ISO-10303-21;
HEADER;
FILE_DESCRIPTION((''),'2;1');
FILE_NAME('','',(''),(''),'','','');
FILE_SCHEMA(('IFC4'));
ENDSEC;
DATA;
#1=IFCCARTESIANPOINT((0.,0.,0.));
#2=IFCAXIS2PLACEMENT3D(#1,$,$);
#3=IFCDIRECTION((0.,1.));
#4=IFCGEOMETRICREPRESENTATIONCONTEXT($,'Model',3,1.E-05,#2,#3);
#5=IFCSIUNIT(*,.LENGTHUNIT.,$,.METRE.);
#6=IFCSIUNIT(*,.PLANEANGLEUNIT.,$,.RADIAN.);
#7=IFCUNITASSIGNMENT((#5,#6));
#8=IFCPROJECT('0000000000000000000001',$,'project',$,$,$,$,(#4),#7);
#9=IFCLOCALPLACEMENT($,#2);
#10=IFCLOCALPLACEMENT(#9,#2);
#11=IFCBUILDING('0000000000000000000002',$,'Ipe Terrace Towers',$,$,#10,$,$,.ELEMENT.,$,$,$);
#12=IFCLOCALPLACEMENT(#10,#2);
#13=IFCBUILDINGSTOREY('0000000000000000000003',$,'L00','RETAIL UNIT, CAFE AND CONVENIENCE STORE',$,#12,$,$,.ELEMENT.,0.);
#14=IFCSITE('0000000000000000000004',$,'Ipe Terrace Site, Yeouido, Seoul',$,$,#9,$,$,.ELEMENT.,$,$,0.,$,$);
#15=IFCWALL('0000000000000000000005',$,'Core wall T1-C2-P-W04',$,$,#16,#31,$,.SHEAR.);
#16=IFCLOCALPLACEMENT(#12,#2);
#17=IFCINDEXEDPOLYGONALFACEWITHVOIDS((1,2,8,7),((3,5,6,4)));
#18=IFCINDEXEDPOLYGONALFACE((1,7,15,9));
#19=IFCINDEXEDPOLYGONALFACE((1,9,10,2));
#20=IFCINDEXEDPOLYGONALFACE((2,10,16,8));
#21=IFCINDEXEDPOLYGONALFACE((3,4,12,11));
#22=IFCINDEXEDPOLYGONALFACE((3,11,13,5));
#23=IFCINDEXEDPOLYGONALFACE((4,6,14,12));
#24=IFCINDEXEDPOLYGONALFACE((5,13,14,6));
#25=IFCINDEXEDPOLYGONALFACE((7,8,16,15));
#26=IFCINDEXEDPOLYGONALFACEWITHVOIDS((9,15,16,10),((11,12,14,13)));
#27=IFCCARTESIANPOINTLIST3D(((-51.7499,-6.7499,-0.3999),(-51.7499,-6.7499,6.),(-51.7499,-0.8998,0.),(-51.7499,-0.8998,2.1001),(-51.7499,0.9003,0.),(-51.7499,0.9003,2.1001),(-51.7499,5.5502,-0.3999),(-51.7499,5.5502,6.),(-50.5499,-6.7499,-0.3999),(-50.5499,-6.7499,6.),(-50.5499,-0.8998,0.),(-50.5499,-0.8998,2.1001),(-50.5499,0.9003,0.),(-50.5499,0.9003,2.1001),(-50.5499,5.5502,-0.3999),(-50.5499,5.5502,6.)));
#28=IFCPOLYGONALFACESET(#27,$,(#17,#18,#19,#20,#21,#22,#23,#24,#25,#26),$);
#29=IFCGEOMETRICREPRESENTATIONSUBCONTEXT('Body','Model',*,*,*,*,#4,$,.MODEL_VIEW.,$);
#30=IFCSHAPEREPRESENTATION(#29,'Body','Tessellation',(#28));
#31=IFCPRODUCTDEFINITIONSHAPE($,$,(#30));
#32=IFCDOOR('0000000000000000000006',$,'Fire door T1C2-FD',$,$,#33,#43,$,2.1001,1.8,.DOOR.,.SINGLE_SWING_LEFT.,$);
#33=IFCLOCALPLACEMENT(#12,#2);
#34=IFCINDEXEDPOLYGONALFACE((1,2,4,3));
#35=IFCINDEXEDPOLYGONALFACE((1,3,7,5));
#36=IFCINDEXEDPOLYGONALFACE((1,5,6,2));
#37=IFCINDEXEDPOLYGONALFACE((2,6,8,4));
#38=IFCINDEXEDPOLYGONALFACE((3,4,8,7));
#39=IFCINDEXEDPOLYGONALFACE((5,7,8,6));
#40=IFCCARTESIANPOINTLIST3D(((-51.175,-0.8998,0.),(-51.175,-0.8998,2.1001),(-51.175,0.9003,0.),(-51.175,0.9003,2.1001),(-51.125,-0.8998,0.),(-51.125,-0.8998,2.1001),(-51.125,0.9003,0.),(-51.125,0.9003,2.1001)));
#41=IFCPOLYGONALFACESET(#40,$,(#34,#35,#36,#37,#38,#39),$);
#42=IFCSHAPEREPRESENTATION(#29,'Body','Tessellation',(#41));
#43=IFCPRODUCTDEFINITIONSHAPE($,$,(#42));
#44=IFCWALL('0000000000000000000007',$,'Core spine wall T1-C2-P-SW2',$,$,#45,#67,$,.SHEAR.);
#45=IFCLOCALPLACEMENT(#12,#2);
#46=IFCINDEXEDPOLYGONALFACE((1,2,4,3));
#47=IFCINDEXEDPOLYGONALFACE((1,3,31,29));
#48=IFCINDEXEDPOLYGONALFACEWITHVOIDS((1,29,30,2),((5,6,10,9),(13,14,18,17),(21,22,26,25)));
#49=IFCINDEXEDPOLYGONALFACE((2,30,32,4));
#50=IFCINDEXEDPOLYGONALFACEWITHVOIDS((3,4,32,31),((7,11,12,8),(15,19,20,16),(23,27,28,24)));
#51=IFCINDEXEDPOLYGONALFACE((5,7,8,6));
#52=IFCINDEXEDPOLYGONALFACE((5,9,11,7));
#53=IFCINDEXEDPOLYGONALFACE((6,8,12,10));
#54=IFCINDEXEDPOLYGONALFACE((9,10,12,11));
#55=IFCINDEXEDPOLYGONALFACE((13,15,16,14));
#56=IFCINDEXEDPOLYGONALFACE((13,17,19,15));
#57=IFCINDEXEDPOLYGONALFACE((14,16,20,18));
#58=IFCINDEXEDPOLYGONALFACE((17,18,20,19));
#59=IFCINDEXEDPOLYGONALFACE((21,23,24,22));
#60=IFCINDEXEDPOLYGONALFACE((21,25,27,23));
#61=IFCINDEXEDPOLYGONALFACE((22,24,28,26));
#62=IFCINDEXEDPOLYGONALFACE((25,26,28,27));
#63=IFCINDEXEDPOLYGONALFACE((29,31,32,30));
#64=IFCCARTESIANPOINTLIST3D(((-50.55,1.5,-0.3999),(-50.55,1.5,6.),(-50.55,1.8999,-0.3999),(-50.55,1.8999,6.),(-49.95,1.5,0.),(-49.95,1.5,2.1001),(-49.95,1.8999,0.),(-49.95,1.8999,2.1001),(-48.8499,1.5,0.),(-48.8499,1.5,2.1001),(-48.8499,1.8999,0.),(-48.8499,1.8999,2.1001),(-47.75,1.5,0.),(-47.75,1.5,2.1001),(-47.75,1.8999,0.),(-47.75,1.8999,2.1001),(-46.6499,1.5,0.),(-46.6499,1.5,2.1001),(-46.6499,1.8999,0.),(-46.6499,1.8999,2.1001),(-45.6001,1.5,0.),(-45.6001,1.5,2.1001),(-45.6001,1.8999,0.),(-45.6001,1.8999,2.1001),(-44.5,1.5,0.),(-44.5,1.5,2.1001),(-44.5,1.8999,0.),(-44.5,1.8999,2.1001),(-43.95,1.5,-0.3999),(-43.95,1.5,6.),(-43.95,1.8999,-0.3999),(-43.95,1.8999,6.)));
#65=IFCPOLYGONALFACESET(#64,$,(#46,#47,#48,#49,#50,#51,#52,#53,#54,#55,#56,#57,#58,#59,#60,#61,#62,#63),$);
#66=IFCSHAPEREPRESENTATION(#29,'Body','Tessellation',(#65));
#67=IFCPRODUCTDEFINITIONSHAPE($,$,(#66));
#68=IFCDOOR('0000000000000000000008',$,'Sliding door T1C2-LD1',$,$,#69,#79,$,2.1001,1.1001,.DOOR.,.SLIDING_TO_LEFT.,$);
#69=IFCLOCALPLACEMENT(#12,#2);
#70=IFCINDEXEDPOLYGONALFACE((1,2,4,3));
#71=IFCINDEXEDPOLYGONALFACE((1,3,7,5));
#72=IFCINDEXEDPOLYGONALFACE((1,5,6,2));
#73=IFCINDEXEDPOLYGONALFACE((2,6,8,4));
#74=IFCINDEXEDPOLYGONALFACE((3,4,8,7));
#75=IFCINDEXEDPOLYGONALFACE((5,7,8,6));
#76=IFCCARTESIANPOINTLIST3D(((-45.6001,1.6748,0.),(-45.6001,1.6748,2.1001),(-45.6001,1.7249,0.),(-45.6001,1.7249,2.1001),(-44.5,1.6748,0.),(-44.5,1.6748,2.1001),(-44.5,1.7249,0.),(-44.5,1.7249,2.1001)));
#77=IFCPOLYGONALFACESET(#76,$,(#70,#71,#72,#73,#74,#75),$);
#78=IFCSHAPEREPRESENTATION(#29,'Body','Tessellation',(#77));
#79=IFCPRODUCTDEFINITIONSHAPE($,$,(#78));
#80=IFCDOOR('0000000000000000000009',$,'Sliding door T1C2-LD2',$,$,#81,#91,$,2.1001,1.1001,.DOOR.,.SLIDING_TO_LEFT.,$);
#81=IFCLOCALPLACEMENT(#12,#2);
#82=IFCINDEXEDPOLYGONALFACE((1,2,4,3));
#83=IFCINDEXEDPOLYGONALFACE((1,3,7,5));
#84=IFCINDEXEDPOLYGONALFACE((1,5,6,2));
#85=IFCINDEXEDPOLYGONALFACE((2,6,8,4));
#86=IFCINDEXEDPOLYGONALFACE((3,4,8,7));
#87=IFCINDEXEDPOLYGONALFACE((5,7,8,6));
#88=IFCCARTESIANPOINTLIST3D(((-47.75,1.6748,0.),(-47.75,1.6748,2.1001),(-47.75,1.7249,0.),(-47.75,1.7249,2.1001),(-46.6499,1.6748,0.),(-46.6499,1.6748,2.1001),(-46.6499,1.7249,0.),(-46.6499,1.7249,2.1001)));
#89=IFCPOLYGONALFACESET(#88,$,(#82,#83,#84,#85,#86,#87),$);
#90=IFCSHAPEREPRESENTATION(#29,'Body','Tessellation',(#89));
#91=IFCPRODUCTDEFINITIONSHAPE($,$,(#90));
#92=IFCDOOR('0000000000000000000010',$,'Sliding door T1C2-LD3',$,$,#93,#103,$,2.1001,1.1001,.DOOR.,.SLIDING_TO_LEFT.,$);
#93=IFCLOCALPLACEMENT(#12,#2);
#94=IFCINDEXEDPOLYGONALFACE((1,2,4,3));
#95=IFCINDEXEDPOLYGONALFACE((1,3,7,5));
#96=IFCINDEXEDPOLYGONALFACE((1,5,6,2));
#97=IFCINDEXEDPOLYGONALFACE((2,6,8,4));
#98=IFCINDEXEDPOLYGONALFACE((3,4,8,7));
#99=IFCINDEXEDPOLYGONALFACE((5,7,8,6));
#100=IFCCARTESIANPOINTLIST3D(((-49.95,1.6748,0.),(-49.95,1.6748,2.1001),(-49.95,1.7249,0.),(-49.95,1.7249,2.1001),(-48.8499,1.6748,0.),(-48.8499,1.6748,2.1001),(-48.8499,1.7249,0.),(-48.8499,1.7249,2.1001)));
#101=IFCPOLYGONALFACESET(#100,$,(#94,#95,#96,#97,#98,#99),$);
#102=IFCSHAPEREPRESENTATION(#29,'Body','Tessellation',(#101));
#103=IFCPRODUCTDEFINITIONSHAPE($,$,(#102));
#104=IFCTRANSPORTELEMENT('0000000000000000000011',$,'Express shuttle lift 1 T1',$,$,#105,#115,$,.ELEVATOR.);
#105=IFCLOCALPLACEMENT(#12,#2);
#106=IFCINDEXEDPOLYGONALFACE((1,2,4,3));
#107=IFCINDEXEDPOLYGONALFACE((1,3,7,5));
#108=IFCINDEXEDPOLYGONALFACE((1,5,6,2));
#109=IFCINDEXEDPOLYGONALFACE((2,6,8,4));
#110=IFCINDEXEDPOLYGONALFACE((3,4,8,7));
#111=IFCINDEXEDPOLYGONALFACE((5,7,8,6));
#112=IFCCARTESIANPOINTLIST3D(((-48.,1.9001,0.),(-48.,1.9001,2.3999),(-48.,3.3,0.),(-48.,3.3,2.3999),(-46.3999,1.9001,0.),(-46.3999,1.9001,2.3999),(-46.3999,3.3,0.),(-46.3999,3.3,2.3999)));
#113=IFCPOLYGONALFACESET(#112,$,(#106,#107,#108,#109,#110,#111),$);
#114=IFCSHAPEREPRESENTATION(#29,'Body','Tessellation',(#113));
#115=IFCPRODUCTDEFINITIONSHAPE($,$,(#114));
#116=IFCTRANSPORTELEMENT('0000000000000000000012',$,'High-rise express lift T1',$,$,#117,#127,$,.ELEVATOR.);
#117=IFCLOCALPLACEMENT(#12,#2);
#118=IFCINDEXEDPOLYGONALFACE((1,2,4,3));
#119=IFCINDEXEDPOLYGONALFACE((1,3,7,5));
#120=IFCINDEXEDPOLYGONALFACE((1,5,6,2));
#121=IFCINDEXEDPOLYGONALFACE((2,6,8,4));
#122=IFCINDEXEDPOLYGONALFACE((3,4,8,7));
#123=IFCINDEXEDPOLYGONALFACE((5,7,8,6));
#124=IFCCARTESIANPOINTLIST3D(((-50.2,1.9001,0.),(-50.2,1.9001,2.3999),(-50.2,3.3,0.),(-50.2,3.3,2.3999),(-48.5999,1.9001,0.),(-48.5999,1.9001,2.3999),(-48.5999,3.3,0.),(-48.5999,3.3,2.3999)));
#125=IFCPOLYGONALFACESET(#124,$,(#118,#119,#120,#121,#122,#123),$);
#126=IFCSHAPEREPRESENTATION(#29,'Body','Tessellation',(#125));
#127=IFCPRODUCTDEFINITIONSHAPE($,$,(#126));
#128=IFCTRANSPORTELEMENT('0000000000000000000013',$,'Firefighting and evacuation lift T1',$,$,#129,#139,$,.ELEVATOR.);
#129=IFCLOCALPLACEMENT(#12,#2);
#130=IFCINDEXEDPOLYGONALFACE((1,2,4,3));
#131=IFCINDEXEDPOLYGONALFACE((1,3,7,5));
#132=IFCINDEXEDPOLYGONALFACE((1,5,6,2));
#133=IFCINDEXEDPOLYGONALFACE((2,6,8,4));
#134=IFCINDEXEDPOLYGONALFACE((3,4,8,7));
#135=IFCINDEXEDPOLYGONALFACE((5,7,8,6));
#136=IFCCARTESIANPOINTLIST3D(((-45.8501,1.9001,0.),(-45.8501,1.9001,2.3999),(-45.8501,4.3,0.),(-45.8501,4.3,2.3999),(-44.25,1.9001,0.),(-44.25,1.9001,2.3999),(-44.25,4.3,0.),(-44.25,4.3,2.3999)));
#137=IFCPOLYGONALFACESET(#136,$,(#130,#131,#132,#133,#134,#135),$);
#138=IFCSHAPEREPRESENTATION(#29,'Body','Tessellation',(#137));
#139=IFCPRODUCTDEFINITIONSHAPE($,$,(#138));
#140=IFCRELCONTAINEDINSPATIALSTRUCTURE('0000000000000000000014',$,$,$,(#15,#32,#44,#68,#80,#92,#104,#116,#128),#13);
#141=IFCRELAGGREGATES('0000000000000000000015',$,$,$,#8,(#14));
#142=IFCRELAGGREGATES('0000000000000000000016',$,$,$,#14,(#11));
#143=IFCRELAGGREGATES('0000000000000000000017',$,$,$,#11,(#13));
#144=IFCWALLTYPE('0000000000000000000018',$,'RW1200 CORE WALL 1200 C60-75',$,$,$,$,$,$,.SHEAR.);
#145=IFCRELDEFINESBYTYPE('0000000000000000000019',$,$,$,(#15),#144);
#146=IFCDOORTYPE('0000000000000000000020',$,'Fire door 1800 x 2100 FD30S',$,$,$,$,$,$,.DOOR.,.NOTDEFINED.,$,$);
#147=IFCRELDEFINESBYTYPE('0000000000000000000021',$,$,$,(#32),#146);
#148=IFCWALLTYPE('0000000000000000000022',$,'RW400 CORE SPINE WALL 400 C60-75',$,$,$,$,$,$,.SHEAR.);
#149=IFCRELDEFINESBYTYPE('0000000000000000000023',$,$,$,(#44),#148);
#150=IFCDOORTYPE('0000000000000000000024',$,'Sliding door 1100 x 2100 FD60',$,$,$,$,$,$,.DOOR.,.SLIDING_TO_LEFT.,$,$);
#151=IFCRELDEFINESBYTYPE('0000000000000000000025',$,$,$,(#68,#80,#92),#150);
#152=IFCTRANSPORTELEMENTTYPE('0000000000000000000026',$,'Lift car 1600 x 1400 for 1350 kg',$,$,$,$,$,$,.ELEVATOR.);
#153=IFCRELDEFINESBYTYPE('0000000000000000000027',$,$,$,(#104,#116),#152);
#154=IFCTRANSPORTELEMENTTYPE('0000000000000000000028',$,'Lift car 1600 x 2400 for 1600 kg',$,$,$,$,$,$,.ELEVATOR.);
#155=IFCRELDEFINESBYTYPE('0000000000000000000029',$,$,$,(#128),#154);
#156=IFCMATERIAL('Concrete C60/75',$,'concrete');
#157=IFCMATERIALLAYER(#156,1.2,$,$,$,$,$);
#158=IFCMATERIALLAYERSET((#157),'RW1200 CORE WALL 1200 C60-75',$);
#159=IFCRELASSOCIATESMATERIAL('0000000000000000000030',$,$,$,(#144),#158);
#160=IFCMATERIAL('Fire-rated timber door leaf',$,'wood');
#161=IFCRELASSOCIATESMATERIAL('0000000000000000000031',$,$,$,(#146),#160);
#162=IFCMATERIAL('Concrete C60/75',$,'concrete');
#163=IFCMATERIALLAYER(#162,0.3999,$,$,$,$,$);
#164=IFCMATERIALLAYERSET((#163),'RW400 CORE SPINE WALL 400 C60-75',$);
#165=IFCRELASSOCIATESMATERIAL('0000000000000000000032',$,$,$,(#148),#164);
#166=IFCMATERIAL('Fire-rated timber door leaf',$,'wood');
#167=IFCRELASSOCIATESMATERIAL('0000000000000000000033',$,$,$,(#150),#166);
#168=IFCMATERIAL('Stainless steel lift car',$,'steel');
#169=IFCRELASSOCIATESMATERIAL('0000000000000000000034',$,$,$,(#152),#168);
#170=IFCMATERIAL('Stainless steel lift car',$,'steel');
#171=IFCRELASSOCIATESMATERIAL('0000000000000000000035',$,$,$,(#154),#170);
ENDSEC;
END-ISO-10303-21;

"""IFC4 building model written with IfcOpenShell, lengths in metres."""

from ifc_helpers import new_model, si_unit, direction, frame, frame_2d, origin, origin_2d, place, context, subcontext, project, spatial, rectangle, extrude, material, layer, layer_set, type_object, element, fill, save


model = new_model("IFC4")

# Units and contexts
model_context = context("Model", 3, precision=1e-05, world=origin(), true_north=direction((0.0, 1.0)))
body_context = subcontext(model_context, "Body", "Model", "MODEL_VIEW")
ifc_project = project(units=[si_unit("LENGTHUNIT", "METRE"), si_unit("PLANEANGLEUNIT", "RADIAN")], contexts=[model_context])

# Site, building, storey
site_placement = place(None, origin())
site = spatial("IfcSite", under=ifc_project, at=site_placement, Name="Ipe Terrace Site, Yeouido, Seoul", CompositionType="ELEMENT", RefElevation=0.0)
building_placement = place(site_placement, origin())
building = spatial("IfcBuilding", under=site, at=building_placement, Name="Ipe Terrace Towers", CompositionType="ELEMENT")
storey_placement = place(building_placement, origin())
storey = spatial("IfcBuildingStorey", under=building, at=storey_placement, Name="L00", Description="RETAIL UNIT, CAFE AND CONVENIENCE STORE", CompositionType="ELEMENT", Elevation=0.0)

# Wall, opening, door
ifc_material_1 = material(Name="Concrete C60/75", Category="concrete")
ifc_layer_1 = layer(ifc_material_1, 1.2)
ifc_layer_set_1 = layer_set([ifc_layer_1], Name="RW1200 CORE WALL 1200 C60-75")
wall_type_1 = type_object("IfcWallType", Name="RW1200 CORE WALL 1200 C60-75", PredefinedType="SHEAR", material=ifc_layer_set_1)
wall_1_placement = place(storey_placement, frame((-51.1499, 5.55, -0.3999), z_axis=(0.0, 0.0, 1.0), x_axis=(0.0, -1.0, 0.0)))
wall_1 = element("IfcWall", 1, at=wall_1_placement, inside=storey, type_object=wall_type_1, Name="Core wall T1-C2-P-W04", PredefinedType="SHEAR", context=body_context, shape_type="SweptSolid", body=[
    extrude(rectangle(XDim=12.3, YDim=1.2, at=frame_2d((6.1499, 0.0))), origin(), (0.0, 0.0, 1.0), 6.3999),
])
opening_1_placement = place(wall_1_placement, frame((4.6499, 0.0, 0.3999)))
opening_1 = element("IfcOpeningElement", 2, at=opening_1_placement, cuts=wall_1, PredefinedType="OPENING", context=body_context, shape_type="SweptSolid", body=[
    extrude(rectangle(XDim=1.8, YDim=2.1001, at=frame_2d((0.8999, 1.05))), frame((0.0, 0.6099, 0.0), z_axis=(0.0, -1.0, 0.0), x_axis=(1.0, 0.0, 0.0)), (0.0, 0.0, 1.0), 1.22),
])
ifc_material_2 = material(Name="Fire-rated timber door leaf", Category="wood")
door_type_1 = type_object("IfcDoorType", Name="Fire door 1800 x 2100 FD30S", OperationType="NOTDEFINED", PredefinedType="DOOR", material=ifc_material_2)
door_1_placement = place(opening_1_placement, origin())
door_1 = element("IfcDoor", 3, at=door_1_placement, inside=storey, type_object=door_type_1, Name="Fire door T1C2-FD", OperationType="SINGLE_SWING_LEFT", OverallHeight=2.1001, OverallWidth=1.8, PredefinedType="DOOR", context=body_context, shape_type="SweptSolid", body=[
    extrude(rectangle(XDim=1.8, YDim=2.1001, at=frame_2d((0.8999, 1.05))), frame((0.0, 0.0249, 0.0), z_axis=(0.0, -1.0, 0.0), x_axis=(1.0, 0.0, 0.0)), (0.0, 0.0, 1.0), 0.05),
])
fill(opening_1, door_1)

# Wall, openings, doors
ifc_material_3 = material(Name="Concrete C60/75", Category="concrete")
ifc_layer_2 = layer(ifc_material_3, 0.3999)
ifc_layer_set_2 = layer_set([ifc_layer_2], Name="RW400 CORE SPINE WALL 400 C60-75")
wall_type_2 = type_object("IfcWallType", Name="RW400 CORE SPINE WALL 400 C60-75", PredefinedType="SHEAR", material=ifc_layer_set_2)
wall_2_placement = place(storey_placement, frame((-50.55, 1.7, -0.3999), z_axis=(0.0, 0.0, 1.0), x_axis=(1.0, 0.0, 0.0)))
wall_2 = element("IfcWall", 4, at=wall_2_placement, inside=storey, type_object=wall_type_2, Name="Core spine wall T1-C2-P-SW2", PredefinedType="SHEAR", context=body_context, shape_type="SweptSolid", body=[
    extrude(rectangle(XDim=6.6001, YDim=0.3999, at=frame_2d((3.3, 0.0))), origin(), (0.0, 0.0, 1.0), 6.3999),
])
opening_2_placement = place(wall_2_placement, frame((4.95, 0.0, 0.3999)))
opening_2 = element("IfcOpeningElement", 5, at=opening_2_placement, cuts=wall_2, PredefinedType="OPENING", context=body_context, shape_type="SweptSolid", body=[
    extrude(rectangle(XDim=1.1001, YDim=2.1001, at=frame_2d((0.55, 1.05))), frame((0.0, 0.21, 0.0), z_axis=(0.0, -1.0, 0.0), x_axis=(1.0, 0.0, 0.0)), (0.0, 0.0, 1.0), 0.4199),
])
opening_3_placement = place(wall_2_placement, frame((2.8, 0.0, 0.3999)))
opening_3 = element("IfcOpeningElement", 6, at=opening_3_placement, cuts=wall_2, PredefinedType="OPENING", context=body_context, shape_type="SweptSolid", body=[
    extrude(rectangle(XDim=1.1001, YDim=2.1001, at=frame_2d((0.55, 1.05))), frame((0.0, 0.21, 0.0), z_axis=(0.0, -1.0, 0.0), x_axis=(1.0, 0.0, 0.0)), (0.0, 0.0, 1.0), 0.4199),
])
opening_4_placement = place(wall_2_placement, frame((0.6001, 0.0, 0.3999)))
opening_4 = element("IfcOpeningElement", 7, at=opening_4_placement, cuts=wall_2, PredefinedType="OPENING", context=body_context, shape_type="SweptSolid", body=[
    extrude(rectangle(XDim=1.1001, YDim=2.1001, at=frame_2d((0.55, 1.05))), frame((0.0, 0.21, 0.0), z_axis=(0.0, -1.0, 0.0), x_axis=(1.0, 0.0, 0.0)), (0.0, 0.0, 1.0), 0.4199),
])
ifc_material_4 = material(Name="Fire-rated timber door leaf", Category="wood")
door_type_2 = type_object("IfcDoorType", Name="Sliding door 1100 x 2100 FD60", OperationType="SLIDING_TO_LEFT", PredefinedType="DOOR", material=ifc_material_4)
door_2_placement = place(opening_2_placement, origin())
door_2 = element("IfcDoor", 8, at=door_2_placement, inside=storey, type_object=door_type_2, Name="Sliding door T1C2-LD1", OperationType="SLIDING_TO_LEFT", OverallHeight=2.1001, OverallWidth=1.1001, PredefinedType="DOOR", context=body_context, shape_type="SweptSolid", body=[
    extrude(rectangle(XDim=1.1001, YDim=2.1001, at=frame_2d((0.55, 1.05))), frame((0.0, 0.0249, 0.0), z_axis=(0.0, -1.0, 0.0), x_axis=(1.0, 0.0, 0.0)), (0.0, 0.0, 1.0), 0.05),
])
fill(opening_2, door_2)
door_3_placement = place(opening_3_placement, origin())
door_3 = element("IfcDoor", 9, at=door_3_placement, inside=storey, type_object=door_type_2, Name="Sliding door T1C2-LD2", OperationType="SLIDING_TO_LEFT", OverallHeight=2.1001, OverallWidth=1.1001, PredefinedType="DOOR", context=body_context, shape_type="SweptSolid", body=[
    extrude(rectangle(XDim=1.1001, YDim=2.1001, at=frame_2d((0.55, 1.05))), frame((0.0, 0.0249, 0.0), z_axis=(0.0, -1.0, 0.0), x_axis=(1.0, 0.0, 0.0)), (0.0, 0.0, 1.0), 0.05),
])
fill(opening_3, door_3)
door_4_placement = place(opening_4_placement, origin())
door_4 = element("IfcDoor", 10, at=door_4_placement, inside=storey, type_object=door_type_2, Name="Sliding door T1C2-LD3", OperationType="SLIDING_TO_LEFT", OverallHeight=2.1001, OverallWidth=1.1001, PredefinedType="DOOR", context=body_context, shape_type="SweptSolid", body=[
    extrude(rectangle(XDim=1.1001, YDim=2.1001, at=frame_2d((0.55, 1.05))), frame((0.0, 0.0249, 0.0), z_axis=(0.0, -1.0, 0.0), x_axis=(1.0, 0.0, 0.0)), (0.0, 0.0, 1.0), 0.05),
])
fill(opening_4, door_4)

# Transport elements
ifc_material_5 = material(Name="Stainless steel lift car", Category="steel")
transport_element_type_1 = type_object("IfcTransportElementType", Name="Lift car 1600 x 1400 for 1350 kg", PredefinedType="ELEVATOR", material=ifc_material_5)
for number, where, z_axis, x_axis, name in (
    (11, (-47.2, 2.6001, 0.0), (0.0, 0.0, 1.0), (1.0, 0.0, 0.0), "Express shuttle lift 1 T1"),
    (12, (-49.3999, 2.6001, 0.0), (0.0, 0.0, 1.0), (1.0, 0.0, 0.0), "High-rise express lift T1"),
):
    element("IfcTransportElement", number, at=place(storey_placement, frame(where, z_axis=z_axis, x_axis=x_axis)), inside=storey, type_object=transport_element_type_1, Name=name, PredefinedType="ELEVATOR", context=body_context, shape_type="SweptSolid", body=[
        extrude(rectangle(XDim=1.6001, YDim=1.3999, at=origin_2d()), origin(), (0.0, 0.0, 1.0), 2.3999),
    ])
ifc_material_6 = material(Name="Stainless steel lift car", Category="steel")
transport_element_type_2 = type_object("IfcTransportElementType", Name="Lift car 1600 x 2400 for 1600 kg", PredefinedType="ELEVATOR", material=ifc_material_6)
transport_element_placement = place(storey_placement, frame((-45.05, 3.1001, 0.0), z_axis=(0.0, 0.0, 1.0), x_axis=(1.0, 0.0, 0.0)))
element("IfcTransportElement", 13, at=transport_element_placement, inside=storey, type_object=transport_element_type_2, Name="Firefighting and evacuation lift T1", PredefinedType="ELEVATOR", context=body_context, shape_type="SweptSolid", body=[
    extrude(rectangle(XDim=1.6001, YDim=2.3999, at=origin_2d()), origin(), (0.0, 0.0, 1.0), 2.3999),
])

save(model, "model.ifc")
